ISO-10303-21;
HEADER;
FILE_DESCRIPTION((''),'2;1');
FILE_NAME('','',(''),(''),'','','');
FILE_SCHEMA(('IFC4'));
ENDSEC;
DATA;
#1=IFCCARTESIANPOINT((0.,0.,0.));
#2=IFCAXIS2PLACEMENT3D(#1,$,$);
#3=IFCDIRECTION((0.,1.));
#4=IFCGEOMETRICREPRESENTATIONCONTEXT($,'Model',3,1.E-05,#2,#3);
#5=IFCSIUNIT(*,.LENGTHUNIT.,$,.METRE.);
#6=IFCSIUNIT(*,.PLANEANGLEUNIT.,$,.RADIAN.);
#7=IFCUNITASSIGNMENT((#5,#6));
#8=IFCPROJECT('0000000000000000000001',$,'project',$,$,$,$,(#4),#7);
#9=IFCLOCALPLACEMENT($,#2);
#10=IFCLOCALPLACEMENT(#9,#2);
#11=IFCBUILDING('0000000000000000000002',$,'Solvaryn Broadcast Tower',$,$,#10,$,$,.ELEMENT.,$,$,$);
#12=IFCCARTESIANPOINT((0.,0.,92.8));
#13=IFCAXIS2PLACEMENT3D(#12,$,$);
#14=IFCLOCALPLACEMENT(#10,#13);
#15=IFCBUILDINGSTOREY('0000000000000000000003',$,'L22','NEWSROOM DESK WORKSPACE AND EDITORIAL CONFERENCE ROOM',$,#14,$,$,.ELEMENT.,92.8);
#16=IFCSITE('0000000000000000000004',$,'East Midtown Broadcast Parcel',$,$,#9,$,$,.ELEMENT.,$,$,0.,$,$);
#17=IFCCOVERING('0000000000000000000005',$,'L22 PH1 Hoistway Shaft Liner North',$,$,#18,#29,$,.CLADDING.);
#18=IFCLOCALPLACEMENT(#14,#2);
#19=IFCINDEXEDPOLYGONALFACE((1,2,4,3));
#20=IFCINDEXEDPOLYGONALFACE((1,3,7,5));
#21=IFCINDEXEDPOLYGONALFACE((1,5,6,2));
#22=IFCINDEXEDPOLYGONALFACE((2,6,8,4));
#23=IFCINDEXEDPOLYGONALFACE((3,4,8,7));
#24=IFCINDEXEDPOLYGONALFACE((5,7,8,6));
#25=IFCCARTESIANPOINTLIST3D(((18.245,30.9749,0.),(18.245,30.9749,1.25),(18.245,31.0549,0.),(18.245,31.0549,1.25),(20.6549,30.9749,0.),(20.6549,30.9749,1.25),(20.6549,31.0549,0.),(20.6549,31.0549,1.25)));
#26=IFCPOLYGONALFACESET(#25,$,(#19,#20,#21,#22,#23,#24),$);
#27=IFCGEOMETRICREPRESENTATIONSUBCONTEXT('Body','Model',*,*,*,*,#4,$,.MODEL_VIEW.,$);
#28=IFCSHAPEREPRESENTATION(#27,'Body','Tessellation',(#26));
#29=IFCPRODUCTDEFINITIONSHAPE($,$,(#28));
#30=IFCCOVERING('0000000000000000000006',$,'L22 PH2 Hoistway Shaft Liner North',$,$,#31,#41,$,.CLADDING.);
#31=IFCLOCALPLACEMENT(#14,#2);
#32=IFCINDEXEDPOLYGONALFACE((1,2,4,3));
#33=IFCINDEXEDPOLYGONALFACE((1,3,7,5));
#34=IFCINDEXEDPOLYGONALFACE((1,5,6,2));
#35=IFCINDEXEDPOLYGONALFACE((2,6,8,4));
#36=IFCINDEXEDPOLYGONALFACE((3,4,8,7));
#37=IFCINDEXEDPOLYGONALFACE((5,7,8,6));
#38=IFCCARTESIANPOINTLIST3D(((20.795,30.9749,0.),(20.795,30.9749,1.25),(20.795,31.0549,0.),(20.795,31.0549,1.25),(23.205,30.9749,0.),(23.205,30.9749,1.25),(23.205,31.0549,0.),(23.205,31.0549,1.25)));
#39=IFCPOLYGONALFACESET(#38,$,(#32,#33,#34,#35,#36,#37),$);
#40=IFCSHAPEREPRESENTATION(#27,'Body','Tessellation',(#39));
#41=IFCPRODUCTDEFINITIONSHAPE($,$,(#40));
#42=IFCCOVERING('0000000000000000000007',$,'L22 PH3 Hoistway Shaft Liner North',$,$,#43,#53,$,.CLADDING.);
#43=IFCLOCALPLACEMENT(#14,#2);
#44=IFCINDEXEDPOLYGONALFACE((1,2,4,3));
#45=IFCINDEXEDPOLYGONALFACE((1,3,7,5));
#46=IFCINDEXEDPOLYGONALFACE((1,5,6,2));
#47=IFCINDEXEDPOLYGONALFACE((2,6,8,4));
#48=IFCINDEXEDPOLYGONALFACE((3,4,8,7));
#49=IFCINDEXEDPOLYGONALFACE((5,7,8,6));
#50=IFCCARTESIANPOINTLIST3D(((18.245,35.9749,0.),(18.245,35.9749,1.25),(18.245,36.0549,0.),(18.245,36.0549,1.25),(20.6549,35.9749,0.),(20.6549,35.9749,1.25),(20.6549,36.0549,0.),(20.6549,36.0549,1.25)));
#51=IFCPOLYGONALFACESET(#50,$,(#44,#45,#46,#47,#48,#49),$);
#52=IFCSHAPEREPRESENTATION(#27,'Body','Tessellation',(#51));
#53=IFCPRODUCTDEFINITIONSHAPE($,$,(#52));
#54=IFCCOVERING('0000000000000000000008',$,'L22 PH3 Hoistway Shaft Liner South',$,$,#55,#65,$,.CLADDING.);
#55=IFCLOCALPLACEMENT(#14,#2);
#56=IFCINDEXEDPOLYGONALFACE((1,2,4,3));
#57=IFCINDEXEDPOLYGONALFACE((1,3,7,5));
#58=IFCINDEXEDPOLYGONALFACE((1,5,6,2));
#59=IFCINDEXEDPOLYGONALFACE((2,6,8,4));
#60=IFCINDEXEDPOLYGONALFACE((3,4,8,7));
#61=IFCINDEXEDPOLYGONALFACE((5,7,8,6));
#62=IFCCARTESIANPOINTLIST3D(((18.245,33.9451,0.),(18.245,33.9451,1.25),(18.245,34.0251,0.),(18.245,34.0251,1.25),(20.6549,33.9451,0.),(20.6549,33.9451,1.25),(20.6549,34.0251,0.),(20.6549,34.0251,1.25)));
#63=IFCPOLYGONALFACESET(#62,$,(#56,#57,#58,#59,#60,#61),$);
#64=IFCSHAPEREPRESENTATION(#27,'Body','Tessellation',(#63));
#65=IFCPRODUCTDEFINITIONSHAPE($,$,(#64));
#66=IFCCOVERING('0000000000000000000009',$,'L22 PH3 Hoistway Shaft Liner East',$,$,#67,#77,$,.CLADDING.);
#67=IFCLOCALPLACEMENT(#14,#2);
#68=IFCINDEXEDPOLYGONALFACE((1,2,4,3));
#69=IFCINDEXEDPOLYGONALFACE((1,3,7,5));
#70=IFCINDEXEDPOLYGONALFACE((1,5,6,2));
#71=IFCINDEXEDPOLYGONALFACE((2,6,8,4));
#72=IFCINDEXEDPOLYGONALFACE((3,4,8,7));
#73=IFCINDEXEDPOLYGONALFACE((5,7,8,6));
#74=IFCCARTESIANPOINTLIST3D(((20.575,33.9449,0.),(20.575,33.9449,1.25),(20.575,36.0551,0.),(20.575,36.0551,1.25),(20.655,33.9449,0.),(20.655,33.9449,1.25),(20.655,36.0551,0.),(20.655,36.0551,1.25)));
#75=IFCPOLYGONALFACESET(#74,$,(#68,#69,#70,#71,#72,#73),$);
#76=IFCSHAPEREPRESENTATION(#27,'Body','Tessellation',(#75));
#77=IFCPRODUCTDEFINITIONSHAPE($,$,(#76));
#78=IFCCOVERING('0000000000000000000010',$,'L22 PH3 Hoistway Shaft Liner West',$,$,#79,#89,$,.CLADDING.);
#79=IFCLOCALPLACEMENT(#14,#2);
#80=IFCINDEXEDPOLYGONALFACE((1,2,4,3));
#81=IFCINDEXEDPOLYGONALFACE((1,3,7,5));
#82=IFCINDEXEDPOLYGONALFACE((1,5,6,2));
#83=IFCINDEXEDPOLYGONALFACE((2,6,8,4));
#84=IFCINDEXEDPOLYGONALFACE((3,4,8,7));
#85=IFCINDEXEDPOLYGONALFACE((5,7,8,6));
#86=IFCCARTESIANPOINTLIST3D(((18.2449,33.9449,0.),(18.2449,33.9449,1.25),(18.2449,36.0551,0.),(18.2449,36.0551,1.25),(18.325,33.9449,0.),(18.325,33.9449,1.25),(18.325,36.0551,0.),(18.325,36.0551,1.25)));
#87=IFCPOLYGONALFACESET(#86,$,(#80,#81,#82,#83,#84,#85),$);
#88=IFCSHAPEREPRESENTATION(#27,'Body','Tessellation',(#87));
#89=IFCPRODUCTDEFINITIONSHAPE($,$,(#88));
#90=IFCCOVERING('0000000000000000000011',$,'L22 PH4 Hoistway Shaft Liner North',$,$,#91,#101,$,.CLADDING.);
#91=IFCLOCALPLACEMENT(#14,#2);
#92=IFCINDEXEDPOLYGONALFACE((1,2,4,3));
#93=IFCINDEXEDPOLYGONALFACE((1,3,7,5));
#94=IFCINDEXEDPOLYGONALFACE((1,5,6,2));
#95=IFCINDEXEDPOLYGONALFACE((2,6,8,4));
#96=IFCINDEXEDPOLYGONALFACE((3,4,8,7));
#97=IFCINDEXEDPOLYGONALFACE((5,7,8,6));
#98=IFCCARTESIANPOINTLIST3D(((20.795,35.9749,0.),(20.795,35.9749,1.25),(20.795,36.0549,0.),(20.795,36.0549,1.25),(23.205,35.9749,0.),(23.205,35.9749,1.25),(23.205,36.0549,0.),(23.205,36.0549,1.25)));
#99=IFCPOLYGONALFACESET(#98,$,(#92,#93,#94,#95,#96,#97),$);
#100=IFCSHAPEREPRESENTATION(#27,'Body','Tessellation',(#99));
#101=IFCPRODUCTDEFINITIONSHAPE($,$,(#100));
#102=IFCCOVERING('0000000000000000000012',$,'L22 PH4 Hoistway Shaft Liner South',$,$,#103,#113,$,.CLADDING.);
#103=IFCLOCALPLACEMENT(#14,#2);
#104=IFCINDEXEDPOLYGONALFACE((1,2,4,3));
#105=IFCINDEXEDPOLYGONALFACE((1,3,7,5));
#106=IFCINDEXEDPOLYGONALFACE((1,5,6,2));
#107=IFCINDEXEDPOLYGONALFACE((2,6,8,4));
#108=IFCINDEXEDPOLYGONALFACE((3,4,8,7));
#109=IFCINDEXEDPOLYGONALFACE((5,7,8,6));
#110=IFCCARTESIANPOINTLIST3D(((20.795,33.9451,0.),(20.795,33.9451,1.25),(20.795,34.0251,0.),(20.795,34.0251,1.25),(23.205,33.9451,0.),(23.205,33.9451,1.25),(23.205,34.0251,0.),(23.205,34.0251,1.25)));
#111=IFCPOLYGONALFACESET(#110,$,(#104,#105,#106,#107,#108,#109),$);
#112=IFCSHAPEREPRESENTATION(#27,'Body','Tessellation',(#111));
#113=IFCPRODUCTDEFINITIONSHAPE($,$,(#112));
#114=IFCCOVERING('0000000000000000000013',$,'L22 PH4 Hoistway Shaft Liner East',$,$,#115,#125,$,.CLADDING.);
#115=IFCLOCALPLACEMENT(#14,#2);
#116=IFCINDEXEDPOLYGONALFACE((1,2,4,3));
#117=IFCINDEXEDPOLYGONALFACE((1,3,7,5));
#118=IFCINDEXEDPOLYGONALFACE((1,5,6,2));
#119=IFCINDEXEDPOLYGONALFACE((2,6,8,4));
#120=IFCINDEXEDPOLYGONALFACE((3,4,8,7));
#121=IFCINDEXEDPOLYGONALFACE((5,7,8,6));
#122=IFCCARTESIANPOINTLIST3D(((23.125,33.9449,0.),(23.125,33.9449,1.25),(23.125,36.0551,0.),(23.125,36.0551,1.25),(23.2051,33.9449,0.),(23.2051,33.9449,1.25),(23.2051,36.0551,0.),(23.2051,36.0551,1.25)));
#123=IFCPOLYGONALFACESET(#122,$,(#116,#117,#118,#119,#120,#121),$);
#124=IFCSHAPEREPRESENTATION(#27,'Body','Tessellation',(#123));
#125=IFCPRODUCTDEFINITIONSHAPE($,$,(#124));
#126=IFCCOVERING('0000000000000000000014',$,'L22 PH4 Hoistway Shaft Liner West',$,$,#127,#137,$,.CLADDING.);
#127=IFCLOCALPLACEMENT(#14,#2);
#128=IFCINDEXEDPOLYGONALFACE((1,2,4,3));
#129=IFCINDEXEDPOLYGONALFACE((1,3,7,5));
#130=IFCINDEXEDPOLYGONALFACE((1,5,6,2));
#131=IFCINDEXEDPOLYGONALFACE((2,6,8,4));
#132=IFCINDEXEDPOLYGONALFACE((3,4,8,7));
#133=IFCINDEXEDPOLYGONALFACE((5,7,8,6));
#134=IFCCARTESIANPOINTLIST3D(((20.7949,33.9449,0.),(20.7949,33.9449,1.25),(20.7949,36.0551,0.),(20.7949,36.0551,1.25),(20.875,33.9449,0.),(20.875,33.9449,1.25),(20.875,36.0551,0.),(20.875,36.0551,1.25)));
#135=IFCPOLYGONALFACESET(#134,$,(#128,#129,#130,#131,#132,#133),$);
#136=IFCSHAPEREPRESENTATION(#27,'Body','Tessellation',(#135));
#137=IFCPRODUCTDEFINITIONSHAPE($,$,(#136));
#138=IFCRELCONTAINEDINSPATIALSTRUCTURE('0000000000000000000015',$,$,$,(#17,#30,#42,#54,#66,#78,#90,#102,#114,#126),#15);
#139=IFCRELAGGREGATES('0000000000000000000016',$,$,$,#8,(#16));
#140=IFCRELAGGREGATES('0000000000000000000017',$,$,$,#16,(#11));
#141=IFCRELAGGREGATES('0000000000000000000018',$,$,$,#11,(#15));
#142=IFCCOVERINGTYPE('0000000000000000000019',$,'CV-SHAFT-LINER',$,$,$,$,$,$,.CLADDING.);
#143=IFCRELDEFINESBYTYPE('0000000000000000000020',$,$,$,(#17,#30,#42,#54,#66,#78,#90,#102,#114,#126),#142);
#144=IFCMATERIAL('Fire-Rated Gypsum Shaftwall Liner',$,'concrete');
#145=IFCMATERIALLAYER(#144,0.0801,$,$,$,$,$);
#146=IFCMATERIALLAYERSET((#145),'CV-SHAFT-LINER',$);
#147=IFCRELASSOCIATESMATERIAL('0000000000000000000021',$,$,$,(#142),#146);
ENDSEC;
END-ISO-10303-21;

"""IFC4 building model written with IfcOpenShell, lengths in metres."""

from ifc_helpers import new_model, si_unit, direction, frame, origin, origin_2d, place, context, subcontext, project, spatial, rectangle, extrude, material, layer, layer_set, type_object, element, save


model = new_model("IFC4")

# Units and contexts
model_context = context("Model", 3, precision=1e-05, world=origin(), true_north=direction((0.0, 1.0)))
body_context = subcontext(model_context, "Body", "Model", "MODEL_VIEW")
ifc_project = project(units=[si_unit("LENGTHUNIT", "METRE"), si_unit("PLANEANGLEUNIT", "RADIAN")], contexts=[model_context])

# Site, building, storey
site_placement = place(None, origin())
site = spatial("IfcSite", under=ifc_project, at=site_placement, Name="East Midtown Broadcast Parcel", CompositionType="ELEMENT", RefElevation=0.0)
building_placement = place(site_placement, origin())
building = spatial("IfcBuilding", under=site, at=building_placement, Name="Solvaryn Broadcast Tower", CompositionType="ELEMENT")
storey_placement = place(building_placement, frame((0.0, 0.0, 92.8)))
storey = spatial("IfcBuildingStorey", under=building, at=storey_placement, Name="L22", Description="NEWSROOM DESK WORKSPACE AND EDITORIAL CONFERENCE ROOM", CompositionType="ELEMENT", Elevation=92.8)

# Coverings
ifc_material_1 = material(Name="Fire-Rated Gypsum Shaftwall Liner", Category="concrete")
ifc_layer_1 = layer(ifc_material_1, 0.0801)
ifc_layer_set_1 = layer_set([ifc_layer_1], Name="CV-SHAFT-LINER")
covering_type = type_object("IfcCoveringType", Name="CV-SHAFT-LINER", PredefinedType="CLADDING", material=ifc_layer_set_1)
for number, where, z_axis, x_axis, name in (
    (1, (19.45, 31.0149, 0.0), (0.0, 0.0, 1.0), (1.0, 0.0, 0.0), "L22 PH1 Hoistway Shaft Liner North"),
    (2, (22.0, 31.0149, 0.0), (0.0, 0.0, 1.0), (1.0, 0.0, 0.0), "L22 PH2 Hoistway Shaft Liner North"),
    (3, (19.45, 36.0149, 0.0), (0.0, 0.0, 1.0), (1.0, 0.0, 0.0), "L22 PH3 Hoistway Shaft Liner North"),
    (4, (19.45, 33.9851, 0.0), (0.0, 0.0, 1.0), (1.0, 0.0, 0.0), "L22 PH3 Hoistway Shaft Liner South"),
):
    element("IfcCovering", number, at=place(storey_placement, frame(where, z_axis=z_axis, x_axis=x_axis)), inside=storey, type_object=covering_type, Name=name, PredefinedType="CLADDING", context=body_context, shape_type="SweptSolid", body=[
        extrude(rectangle(XDim=2.4099, YDim=0.0801, at=origin_2d()), origin(), (0.0, 0.0, 1.0), 1.25),
    ])
for number, where, z_axis, x_axis, name in (
    (5, (20.615, 35.0, 0.0), (0.0, 0.0, 1.0), (1.0, 0.0, 0.0), "L22 PH3 Hoistway Shaft Liner East"),
    (6, (18.2849, 35.0, 0.0), (0.0, 0.0, 1.0), (1.0, 0.0, 0.0), "L22 PH3 Hoistway Shaft Liner West"),
):
    element("IfcCovering", number, at=place(storey_placement, frame(where, z_axis=z_axis, x_axis=x_axis)), inside=storey, type_object=covering_type, Name=name, PredefinedType="CLADDING", context=body_context, shape_type="SweptSolid", body=[
        extrude(rectangle(XDim=0.0801, YDim=2.1101, at=origin_2d()), origin(), (0.0, 0.0, 1.0), 1.25),
    ])
for number, where, z_axis, x_axis, name in (
    (7, (22.0, 36.0149, 0.0), (0.0, 0.0, 1.0), (1.0, 0.0, 0.0), "L22 PH4 Hoistway Shaft Liner North"),
    (8, (22.0, 33.9851, 0.0), (0.0, 0.0, 1.0), (1.0, 0.0, 0.0), "L22 PH4 Hoistway Shaft Liner South"),
):
    element("IfcCovering", number, at=place(storey_placement, frame(where, z_axis=z_axis, x_axis=x_axis)), inside=storey, type_object=covering_type, Name=name, PredefinedType="CLADDING", context=body_context, shape_type="SweptSolid", body=[
        extrude(rectangle(XDim=2.4099, YDim=0.0801, at=origin_2d()), origin(), (0.0, 0.0, 1.0), 1.25),
    ])
for number, where, z_axis, x_axis, name in (
    (9, (23.165, 35.0, 0.0), (0.0, 0.0, 1.0), (1.0, 0.0, 0.0), "L22 PH4 Hoistway Shaft Liner East"),
    (10, (20.835, 35.0, 0.0), (0.0, 0.0, 1.0), (1.0, 0.0, 0.0), "L22 PH4 Hoistway Shaft Liner West"),
):
    element("IfcCovering", number, at=place(storey_placement, frame(where, z_axis=z_axis, x_axis=x_axis)), inside=storey, type_object=covering_type, Name=name, PredefinedType="CLADDING", context=body_context, shape_type="SweptSolid", body=[
        extrude(rectangle(XDim=0.0801, YDim=2.1101, at=origin_2d()), origin(), (0.0, 0.0, 1.0), 1.25),
    ])

save(model, "model.ifc")
